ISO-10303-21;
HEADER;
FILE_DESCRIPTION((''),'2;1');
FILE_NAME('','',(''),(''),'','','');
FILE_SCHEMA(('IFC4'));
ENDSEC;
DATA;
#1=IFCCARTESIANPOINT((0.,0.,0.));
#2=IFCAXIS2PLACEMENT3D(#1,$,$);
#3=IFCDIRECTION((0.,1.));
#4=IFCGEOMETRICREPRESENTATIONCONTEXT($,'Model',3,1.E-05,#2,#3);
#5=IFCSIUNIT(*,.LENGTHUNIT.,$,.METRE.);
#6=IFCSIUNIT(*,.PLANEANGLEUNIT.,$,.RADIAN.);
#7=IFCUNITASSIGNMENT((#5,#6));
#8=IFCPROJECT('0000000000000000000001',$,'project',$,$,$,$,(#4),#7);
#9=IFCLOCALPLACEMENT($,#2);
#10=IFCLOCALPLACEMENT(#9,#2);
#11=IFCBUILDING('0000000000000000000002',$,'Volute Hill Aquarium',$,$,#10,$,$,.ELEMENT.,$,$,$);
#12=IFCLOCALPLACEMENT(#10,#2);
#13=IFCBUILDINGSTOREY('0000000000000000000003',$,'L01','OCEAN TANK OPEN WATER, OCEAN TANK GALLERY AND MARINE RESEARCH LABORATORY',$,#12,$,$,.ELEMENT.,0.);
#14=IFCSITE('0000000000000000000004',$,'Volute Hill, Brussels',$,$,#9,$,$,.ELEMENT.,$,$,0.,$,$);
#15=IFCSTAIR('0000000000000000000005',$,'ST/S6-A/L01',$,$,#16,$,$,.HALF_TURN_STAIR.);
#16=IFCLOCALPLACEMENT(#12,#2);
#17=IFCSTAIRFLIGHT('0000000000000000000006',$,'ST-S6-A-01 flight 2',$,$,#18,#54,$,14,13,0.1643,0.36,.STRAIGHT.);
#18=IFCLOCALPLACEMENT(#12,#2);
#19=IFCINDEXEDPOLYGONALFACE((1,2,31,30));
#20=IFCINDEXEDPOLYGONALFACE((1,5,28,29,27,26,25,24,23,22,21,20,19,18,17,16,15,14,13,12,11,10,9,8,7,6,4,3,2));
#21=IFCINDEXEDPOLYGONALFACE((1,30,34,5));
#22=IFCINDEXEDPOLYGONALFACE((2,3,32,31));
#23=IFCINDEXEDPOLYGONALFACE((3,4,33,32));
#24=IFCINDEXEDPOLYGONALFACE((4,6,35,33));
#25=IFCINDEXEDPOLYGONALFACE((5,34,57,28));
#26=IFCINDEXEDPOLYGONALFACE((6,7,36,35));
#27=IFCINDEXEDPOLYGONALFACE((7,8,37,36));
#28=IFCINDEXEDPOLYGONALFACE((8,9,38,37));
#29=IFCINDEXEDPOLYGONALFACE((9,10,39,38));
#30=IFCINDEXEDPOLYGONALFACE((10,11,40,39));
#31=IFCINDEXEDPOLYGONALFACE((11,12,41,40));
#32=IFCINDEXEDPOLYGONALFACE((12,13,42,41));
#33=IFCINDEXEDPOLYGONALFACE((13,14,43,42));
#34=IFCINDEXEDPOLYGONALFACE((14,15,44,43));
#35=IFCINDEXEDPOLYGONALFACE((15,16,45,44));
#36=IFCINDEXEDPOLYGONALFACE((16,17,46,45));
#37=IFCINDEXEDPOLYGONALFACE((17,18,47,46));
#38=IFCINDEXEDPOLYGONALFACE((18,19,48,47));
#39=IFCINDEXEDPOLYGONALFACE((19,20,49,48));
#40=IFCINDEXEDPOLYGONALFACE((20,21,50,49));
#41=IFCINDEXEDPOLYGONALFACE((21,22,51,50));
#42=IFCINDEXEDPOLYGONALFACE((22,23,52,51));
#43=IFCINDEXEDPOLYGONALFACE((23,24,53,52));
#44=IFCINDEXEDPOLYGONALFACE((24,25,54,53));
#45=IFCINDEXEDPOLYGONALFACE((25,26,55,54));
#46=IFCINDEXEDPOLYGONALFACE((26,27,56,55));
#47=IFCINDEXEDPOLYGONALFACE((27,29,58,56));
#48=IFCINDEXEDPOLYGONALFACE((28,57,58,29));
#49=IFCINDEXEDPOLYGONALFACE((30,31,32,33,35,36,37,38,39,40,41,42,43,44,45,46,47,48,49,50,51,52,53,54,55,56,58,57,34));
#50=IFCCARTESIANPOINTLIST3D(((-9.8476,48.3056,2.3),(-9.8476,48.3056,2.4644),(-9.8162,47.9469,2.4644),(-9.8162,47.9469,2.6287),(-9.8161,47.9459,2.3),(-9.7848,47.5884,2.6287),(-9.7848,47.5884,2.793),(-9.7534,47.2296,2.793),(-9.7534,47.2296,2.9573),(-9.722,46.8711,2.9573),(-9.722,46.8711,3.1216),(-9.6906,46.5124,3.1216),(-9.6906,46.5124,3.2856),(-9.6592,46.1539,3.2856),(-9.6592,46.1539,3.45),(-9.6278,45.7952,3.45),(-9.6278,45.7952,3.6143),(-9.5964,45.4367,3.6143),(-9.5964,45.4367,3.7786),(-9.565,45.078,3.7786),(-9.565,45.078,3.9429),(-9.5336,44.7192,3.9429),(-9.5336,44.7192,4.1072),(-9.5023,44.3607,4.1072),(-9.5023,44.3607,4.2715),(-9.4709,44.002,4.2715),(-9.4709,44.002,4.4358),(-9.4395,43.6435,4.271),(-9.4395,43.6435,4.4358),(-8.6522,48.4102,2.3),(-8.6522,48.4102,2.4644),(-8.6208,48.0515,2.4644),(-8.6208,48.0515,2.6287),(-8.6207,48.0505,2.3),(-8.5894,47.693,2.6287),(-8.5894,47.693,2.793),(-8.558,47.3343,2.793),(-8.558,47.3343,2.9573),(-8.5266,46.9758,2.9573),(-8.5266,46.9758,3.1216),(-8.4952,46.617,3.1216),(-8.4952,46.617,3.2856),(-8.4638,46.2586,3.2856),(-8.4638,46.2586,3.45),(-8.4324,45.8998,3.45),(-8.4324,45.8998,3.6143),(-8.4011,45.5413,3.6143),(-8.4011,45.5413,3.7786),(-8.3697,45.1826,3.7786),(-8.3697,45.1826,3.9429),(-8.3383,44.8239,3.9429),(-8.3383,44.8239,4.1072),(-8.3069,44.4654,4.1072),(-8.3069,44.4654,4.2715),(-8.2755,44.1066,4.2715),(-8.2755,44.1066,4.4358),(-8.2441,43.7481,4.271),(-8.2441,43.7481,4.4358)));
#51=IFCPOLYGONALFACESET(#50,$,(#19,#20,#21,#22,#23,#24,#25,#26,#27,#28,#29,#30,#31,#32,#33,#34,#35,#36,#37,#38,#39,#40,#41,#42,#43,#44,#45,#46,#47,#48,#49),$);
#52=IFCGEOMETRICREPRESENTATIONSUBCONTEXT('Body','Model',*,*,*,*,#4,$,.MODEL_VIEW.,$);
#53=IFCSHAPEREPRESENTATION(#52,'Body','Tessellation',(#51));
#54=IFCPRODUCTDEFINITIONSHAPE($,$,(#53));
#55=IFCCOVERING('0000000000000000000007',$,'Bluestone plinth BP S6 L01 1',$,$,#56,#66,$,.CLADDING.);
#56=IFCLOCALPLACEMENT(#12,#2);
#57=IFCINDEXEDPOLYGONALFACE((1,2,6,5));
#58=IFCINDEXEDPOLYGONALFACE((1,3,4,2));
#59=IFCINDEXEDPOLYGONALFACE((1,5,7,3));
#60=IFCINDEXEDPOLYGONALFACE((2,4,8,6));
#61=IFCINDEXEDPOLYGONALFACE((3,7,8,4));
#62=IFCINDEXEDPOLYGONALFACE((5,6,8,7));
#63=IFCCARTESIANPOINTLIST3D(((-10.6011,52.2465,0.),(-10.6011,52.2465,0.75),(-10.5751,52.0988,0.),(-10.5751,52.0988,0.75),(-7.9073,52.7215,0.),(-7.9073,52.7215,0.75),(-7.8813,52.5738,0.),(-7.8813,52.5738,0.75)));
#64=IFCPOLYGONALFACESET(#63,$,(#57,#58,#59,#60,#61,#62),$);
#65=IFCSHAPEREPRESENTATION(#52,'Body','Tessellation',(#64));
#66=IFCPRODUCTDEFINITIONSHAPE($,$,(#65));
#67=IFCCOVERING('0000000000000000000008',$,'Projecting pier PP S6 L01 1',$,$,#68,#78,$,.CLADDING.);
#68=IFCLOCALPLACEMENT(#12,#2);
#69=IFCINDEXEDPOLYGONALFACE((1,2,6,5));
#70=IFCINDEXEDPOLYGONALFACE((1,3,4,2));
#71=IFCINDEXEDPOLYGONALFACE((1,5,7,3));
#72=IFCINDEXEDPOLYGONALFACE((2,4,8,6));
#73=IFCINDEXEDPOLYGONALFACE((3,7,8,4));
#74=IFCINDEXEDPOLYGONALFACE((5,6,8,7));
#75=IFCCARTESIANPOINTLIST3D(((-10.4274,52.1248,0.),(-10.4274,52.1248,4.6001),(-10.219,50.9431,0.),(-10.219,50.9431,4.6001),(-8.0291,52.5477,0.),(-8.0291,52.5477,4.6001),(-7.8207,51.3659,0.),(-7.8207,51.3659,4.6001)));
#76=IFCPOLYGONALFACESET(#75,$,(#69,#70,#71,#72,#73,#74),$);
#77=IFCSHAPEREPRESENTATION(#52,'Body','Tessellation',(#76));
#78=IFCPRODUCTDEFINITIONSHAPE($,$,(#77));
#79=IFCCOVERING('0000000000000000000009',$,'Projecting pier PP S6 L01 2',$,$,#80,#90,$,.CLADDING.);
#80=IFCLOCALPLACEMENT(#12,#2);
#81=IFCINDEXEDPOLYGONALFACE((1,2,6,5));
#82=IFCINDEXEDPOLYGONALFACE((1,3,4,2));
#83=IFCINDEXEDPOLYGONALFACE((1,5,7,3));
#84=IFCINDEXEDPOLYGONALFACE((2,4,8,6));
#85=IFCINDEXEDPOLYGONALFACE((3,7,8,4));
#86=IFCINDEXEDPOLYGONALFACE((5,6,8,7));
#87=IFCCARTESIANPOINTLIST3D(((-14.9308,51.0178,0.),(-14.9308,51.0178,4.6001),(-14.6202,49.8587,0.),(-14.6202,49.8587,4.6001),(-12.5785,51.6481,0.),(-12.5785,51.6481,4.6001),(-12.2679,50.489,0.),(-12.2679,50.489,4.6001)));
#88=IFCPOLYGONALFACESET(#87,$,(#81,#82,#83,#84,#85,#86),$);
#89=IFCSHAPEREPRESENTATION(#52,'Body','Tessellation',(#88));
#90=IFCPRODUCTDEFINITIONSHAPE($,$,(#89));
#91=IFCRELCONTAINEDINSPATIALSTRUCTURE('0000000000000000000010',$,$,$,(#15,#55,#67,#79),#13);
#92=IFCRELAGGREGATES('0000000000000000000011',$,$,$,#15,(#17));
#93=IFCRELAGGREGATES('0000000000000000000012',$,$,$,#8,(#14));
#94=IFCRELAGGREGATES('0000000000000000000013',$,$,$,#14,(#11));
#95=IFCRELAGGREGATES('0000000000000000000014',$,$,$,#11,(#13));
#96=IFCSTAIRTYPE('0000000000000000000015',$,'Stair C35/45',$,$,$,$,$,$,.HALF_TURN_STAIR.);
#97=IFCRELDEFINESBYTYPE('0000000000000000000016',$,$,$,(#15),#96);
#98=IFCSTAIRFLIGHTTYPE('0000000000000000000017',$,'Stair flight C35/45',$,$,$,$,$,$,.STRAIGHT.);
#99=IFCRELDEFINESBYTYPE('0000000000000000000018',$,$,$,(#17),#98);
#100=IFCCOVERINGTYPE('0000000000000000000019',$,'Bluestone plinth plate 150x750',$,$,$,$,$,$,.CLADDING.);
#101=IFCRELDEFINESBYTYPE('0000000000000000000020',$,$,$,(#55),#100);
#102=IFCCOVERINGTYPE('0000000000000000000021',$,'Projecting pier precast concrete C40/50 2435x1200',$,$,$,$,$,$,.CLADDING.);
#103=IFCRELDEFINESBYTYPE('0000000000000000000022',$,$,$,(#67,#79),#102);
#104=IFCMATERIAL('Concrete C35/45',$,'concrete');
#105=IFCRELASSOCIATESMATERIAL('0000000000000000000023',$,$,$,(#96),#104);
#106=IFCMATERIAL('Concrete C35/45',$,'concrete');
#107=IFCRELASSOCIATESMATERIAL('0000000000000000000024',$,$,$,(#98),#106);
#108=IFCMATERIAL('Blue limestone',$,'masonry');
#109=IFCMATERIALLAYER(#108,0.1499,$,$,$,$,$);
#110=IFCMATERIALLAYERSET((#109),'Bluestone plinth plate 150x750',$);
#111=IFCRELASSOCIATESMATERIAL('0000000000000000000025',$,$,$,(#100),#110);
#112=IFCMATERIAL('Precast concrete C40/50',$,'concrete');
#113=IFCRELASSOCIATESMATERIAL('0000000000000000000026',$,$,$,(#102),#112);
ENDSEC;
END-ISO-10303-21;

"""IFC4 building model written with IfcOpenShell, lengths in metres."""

from ifc_helpers import new_model, si_unit, direction, frame, origin, origin_2d, place, context, subcontext, project, spatial, polyline, rectangle, outline, extrude, material, layer, layer_set, type_object, element, aggregate, save


model = new_model("IFC4")

# Units and contexts
model_context = context("Model", 3, precision=1e-05, world=origin(), true_north=direction((0.0, 1.0)))
body_context = subcontext(model_context, "Body", "Model", "MODEL_VIEW")
ifc_project = project(units=[si_unit("LENGTHUNIT", "METRE"), si_unit("PLANEANGLEUNIT", "RADIAN")], contexts=[model_context])

# Site, building, storey
site_placement = place(None, origin())
site = spatial("IfcSite", under=ifc_project, at=site_placement, Name="Volute Hill, Brussels", CompositionType="ELEMENT", RefElevation=0.0)
building_placement = place(site_placement, origin())
building = spatial("IfcBuilding", under=site, at=building_placement, Name="Volute Hill Aquarium", CompositionType="ELEMENT")
storey_placement = place(building_placement, origin())
storey = spatial("IfcBuildingStorey", under=building, at=storey_placement, Name="L01", Description="OCEAN TANK OPEN WATER, OCEAN TANK GALLERY AND MARINE RESEARCH LABORATORY", CompositionType="ELEMENT", Elevation=0.0)

# Stair, stair flight
ifc_material_1 = material(Name="Concrete C35/45", Category="concrete")
stair_type = type_object("IfcStairType", Name="Stair C35/45", PredefinedType="HALF_TURN_STAIR", material=ifc_material_1)
stair_placement = place(storey_placement, origin())
stair = element("IfcStair", 1, at=stair_placement, inside=storey, type_object=stair_type, Name="ST/S6-A/L01", PredefinedType="HALF_TURN_STAIR")
ifc_material_2 = material(Name="Concrete C35/45", Category="concrete")
stair_flight_type = type_object("IfcStairFlightType", Name="Stair flight C35/45", PredefinedType="STRAIGHT", material=ifc_material_2)
stair_flight_placement = place(storey_placement, frame((-9.25, 48.3579, 2.3), z_axis=(0.0, 0.0, 1.0), x_axis=(0.087199, -0.996191, 0.0)))
stair_flight = element("IfcStairFlight", 2, at=stair_flight_placement, type_object=stair_flight_type, Name="ST-S6-A-01 flight 2", NumberOfRisers=14, NumberOfTreads=13, PredefinedType="STRAIGHT", RiserHeight=0.1643, TreadLength=0.36, context=body_context, shape_type="SweptSolid", body=[
    extrude(outline(polyline([(0.0, 0.0), (0.0, 0.1643), (0.3601, 0.1643), (0.3601, 0.3286), (0.72, 0.3286), (0.72, 0.4929), (1.0801, 0.4929), (1.0801, 0.6572), (1.4399, 0.6572), (1.4399, 0.8215), (1.8, 0.8215), (1.8, 0.9856), (2.1599, 0.9856), (2.1599, 1.1499), (2.52, 1.1499), (2.52, 1.3142), (2.8799, 1.3142), (2.8799, 1.4785), (3.24, 1.4785), (3.24, 1.6428), (3.6001, 1.6428), (3.6001, 1.8071), (3.96, 1.8071), (3.96, 1.9714), (4.3201, 1.9714), (4.3201, 2.1357), (4.6799, 2.1357), (4.6799, 2.3), (4.6799, 1.9709), (0.3611, 0.0), (0.0, 0.0)])), frame((0.0, 0.6001, 0.0), z_axis=(0.0, -1.0, 0.0), x_axis=(1.0, 0.0, 0.0)), (0.0, 0.0, 1.0), 1.2),
])
aggregate(stair, [stair_flight])

# Covering
ifc_material_3 = material(Name="Blue limestone", Category="masonry")
ifc_layer_1 = layer(ifc_material_3, 0.1499)
ifc_layer_set_1 = layer_set([ifc_layer_1], Name="Bluestone plinth plate 150x750")
covering_type_1 = type_object("IfcCoveringType", Name="Bluestone plinth plate 150x750", PredefinedType="CLADDING", material=ifc_layer_set_1)
covering_placement = place(storey_placement, frame((-9.2412, 52.4102, 0.0), z_axis=(0.0, 0.0, 1.0), x_axis=(-0.984808, -0.173648, 0.0)))
element("IfcCovering", 3, at=covering_placement, inside=storey, type_object=covering_type_1, Name="Bluestone plinth BP S6 L01 1", PredefinedType="CLADDING", context=body_context, shape_type="SweptSolid", body=[
    extrude(rectangle(XDim=2.7354, YDim=0.1499, at=origin_2d()), origin(), (0.0, 0.0, 1.0), 0.75),
])

# Coverings
ifc_material_4 = material(Name="Precast concrete C40/50", Category="concrete")
covering_type_2 = type_object("IfcCoveringType", Name="Projecting pier precast concrete C40/50 2435x1200", PredefinedType="CLADDING", material=ifc_material_4)
for number, where, z_axis, x_axis, name in (
    (4, (-9.124, 51.7454, 0.0), (0.0, 0.0, 1.0), (-0.984808, -0.173648, 0.0), "Projecting pier PP S6 L01 1"),
    (5, (-13.5994, 50.7534, 0.0), (0.0, 0.0, 1.0), (-0.965926, -0.258819, 0.0), "Projecting pier PP S6 L01 2"),
):
    element("IfcCovering", number, at=place(storey_placement, frame(where, z_axis=z_axis, x_axis=x_axis)), inside=storey, type_object=covering_type_2, Name=name, PredefinedType="CLADDING", context=body_context, shape_type="SweptSolid", body=[
        extrude(rectangle(XDim=2.4353, YDim=1.2, at=origin_2d()), origin(), (0.0, 0.0, 1.0), 4.6001),
    ])

save(model, "model.ifc")
